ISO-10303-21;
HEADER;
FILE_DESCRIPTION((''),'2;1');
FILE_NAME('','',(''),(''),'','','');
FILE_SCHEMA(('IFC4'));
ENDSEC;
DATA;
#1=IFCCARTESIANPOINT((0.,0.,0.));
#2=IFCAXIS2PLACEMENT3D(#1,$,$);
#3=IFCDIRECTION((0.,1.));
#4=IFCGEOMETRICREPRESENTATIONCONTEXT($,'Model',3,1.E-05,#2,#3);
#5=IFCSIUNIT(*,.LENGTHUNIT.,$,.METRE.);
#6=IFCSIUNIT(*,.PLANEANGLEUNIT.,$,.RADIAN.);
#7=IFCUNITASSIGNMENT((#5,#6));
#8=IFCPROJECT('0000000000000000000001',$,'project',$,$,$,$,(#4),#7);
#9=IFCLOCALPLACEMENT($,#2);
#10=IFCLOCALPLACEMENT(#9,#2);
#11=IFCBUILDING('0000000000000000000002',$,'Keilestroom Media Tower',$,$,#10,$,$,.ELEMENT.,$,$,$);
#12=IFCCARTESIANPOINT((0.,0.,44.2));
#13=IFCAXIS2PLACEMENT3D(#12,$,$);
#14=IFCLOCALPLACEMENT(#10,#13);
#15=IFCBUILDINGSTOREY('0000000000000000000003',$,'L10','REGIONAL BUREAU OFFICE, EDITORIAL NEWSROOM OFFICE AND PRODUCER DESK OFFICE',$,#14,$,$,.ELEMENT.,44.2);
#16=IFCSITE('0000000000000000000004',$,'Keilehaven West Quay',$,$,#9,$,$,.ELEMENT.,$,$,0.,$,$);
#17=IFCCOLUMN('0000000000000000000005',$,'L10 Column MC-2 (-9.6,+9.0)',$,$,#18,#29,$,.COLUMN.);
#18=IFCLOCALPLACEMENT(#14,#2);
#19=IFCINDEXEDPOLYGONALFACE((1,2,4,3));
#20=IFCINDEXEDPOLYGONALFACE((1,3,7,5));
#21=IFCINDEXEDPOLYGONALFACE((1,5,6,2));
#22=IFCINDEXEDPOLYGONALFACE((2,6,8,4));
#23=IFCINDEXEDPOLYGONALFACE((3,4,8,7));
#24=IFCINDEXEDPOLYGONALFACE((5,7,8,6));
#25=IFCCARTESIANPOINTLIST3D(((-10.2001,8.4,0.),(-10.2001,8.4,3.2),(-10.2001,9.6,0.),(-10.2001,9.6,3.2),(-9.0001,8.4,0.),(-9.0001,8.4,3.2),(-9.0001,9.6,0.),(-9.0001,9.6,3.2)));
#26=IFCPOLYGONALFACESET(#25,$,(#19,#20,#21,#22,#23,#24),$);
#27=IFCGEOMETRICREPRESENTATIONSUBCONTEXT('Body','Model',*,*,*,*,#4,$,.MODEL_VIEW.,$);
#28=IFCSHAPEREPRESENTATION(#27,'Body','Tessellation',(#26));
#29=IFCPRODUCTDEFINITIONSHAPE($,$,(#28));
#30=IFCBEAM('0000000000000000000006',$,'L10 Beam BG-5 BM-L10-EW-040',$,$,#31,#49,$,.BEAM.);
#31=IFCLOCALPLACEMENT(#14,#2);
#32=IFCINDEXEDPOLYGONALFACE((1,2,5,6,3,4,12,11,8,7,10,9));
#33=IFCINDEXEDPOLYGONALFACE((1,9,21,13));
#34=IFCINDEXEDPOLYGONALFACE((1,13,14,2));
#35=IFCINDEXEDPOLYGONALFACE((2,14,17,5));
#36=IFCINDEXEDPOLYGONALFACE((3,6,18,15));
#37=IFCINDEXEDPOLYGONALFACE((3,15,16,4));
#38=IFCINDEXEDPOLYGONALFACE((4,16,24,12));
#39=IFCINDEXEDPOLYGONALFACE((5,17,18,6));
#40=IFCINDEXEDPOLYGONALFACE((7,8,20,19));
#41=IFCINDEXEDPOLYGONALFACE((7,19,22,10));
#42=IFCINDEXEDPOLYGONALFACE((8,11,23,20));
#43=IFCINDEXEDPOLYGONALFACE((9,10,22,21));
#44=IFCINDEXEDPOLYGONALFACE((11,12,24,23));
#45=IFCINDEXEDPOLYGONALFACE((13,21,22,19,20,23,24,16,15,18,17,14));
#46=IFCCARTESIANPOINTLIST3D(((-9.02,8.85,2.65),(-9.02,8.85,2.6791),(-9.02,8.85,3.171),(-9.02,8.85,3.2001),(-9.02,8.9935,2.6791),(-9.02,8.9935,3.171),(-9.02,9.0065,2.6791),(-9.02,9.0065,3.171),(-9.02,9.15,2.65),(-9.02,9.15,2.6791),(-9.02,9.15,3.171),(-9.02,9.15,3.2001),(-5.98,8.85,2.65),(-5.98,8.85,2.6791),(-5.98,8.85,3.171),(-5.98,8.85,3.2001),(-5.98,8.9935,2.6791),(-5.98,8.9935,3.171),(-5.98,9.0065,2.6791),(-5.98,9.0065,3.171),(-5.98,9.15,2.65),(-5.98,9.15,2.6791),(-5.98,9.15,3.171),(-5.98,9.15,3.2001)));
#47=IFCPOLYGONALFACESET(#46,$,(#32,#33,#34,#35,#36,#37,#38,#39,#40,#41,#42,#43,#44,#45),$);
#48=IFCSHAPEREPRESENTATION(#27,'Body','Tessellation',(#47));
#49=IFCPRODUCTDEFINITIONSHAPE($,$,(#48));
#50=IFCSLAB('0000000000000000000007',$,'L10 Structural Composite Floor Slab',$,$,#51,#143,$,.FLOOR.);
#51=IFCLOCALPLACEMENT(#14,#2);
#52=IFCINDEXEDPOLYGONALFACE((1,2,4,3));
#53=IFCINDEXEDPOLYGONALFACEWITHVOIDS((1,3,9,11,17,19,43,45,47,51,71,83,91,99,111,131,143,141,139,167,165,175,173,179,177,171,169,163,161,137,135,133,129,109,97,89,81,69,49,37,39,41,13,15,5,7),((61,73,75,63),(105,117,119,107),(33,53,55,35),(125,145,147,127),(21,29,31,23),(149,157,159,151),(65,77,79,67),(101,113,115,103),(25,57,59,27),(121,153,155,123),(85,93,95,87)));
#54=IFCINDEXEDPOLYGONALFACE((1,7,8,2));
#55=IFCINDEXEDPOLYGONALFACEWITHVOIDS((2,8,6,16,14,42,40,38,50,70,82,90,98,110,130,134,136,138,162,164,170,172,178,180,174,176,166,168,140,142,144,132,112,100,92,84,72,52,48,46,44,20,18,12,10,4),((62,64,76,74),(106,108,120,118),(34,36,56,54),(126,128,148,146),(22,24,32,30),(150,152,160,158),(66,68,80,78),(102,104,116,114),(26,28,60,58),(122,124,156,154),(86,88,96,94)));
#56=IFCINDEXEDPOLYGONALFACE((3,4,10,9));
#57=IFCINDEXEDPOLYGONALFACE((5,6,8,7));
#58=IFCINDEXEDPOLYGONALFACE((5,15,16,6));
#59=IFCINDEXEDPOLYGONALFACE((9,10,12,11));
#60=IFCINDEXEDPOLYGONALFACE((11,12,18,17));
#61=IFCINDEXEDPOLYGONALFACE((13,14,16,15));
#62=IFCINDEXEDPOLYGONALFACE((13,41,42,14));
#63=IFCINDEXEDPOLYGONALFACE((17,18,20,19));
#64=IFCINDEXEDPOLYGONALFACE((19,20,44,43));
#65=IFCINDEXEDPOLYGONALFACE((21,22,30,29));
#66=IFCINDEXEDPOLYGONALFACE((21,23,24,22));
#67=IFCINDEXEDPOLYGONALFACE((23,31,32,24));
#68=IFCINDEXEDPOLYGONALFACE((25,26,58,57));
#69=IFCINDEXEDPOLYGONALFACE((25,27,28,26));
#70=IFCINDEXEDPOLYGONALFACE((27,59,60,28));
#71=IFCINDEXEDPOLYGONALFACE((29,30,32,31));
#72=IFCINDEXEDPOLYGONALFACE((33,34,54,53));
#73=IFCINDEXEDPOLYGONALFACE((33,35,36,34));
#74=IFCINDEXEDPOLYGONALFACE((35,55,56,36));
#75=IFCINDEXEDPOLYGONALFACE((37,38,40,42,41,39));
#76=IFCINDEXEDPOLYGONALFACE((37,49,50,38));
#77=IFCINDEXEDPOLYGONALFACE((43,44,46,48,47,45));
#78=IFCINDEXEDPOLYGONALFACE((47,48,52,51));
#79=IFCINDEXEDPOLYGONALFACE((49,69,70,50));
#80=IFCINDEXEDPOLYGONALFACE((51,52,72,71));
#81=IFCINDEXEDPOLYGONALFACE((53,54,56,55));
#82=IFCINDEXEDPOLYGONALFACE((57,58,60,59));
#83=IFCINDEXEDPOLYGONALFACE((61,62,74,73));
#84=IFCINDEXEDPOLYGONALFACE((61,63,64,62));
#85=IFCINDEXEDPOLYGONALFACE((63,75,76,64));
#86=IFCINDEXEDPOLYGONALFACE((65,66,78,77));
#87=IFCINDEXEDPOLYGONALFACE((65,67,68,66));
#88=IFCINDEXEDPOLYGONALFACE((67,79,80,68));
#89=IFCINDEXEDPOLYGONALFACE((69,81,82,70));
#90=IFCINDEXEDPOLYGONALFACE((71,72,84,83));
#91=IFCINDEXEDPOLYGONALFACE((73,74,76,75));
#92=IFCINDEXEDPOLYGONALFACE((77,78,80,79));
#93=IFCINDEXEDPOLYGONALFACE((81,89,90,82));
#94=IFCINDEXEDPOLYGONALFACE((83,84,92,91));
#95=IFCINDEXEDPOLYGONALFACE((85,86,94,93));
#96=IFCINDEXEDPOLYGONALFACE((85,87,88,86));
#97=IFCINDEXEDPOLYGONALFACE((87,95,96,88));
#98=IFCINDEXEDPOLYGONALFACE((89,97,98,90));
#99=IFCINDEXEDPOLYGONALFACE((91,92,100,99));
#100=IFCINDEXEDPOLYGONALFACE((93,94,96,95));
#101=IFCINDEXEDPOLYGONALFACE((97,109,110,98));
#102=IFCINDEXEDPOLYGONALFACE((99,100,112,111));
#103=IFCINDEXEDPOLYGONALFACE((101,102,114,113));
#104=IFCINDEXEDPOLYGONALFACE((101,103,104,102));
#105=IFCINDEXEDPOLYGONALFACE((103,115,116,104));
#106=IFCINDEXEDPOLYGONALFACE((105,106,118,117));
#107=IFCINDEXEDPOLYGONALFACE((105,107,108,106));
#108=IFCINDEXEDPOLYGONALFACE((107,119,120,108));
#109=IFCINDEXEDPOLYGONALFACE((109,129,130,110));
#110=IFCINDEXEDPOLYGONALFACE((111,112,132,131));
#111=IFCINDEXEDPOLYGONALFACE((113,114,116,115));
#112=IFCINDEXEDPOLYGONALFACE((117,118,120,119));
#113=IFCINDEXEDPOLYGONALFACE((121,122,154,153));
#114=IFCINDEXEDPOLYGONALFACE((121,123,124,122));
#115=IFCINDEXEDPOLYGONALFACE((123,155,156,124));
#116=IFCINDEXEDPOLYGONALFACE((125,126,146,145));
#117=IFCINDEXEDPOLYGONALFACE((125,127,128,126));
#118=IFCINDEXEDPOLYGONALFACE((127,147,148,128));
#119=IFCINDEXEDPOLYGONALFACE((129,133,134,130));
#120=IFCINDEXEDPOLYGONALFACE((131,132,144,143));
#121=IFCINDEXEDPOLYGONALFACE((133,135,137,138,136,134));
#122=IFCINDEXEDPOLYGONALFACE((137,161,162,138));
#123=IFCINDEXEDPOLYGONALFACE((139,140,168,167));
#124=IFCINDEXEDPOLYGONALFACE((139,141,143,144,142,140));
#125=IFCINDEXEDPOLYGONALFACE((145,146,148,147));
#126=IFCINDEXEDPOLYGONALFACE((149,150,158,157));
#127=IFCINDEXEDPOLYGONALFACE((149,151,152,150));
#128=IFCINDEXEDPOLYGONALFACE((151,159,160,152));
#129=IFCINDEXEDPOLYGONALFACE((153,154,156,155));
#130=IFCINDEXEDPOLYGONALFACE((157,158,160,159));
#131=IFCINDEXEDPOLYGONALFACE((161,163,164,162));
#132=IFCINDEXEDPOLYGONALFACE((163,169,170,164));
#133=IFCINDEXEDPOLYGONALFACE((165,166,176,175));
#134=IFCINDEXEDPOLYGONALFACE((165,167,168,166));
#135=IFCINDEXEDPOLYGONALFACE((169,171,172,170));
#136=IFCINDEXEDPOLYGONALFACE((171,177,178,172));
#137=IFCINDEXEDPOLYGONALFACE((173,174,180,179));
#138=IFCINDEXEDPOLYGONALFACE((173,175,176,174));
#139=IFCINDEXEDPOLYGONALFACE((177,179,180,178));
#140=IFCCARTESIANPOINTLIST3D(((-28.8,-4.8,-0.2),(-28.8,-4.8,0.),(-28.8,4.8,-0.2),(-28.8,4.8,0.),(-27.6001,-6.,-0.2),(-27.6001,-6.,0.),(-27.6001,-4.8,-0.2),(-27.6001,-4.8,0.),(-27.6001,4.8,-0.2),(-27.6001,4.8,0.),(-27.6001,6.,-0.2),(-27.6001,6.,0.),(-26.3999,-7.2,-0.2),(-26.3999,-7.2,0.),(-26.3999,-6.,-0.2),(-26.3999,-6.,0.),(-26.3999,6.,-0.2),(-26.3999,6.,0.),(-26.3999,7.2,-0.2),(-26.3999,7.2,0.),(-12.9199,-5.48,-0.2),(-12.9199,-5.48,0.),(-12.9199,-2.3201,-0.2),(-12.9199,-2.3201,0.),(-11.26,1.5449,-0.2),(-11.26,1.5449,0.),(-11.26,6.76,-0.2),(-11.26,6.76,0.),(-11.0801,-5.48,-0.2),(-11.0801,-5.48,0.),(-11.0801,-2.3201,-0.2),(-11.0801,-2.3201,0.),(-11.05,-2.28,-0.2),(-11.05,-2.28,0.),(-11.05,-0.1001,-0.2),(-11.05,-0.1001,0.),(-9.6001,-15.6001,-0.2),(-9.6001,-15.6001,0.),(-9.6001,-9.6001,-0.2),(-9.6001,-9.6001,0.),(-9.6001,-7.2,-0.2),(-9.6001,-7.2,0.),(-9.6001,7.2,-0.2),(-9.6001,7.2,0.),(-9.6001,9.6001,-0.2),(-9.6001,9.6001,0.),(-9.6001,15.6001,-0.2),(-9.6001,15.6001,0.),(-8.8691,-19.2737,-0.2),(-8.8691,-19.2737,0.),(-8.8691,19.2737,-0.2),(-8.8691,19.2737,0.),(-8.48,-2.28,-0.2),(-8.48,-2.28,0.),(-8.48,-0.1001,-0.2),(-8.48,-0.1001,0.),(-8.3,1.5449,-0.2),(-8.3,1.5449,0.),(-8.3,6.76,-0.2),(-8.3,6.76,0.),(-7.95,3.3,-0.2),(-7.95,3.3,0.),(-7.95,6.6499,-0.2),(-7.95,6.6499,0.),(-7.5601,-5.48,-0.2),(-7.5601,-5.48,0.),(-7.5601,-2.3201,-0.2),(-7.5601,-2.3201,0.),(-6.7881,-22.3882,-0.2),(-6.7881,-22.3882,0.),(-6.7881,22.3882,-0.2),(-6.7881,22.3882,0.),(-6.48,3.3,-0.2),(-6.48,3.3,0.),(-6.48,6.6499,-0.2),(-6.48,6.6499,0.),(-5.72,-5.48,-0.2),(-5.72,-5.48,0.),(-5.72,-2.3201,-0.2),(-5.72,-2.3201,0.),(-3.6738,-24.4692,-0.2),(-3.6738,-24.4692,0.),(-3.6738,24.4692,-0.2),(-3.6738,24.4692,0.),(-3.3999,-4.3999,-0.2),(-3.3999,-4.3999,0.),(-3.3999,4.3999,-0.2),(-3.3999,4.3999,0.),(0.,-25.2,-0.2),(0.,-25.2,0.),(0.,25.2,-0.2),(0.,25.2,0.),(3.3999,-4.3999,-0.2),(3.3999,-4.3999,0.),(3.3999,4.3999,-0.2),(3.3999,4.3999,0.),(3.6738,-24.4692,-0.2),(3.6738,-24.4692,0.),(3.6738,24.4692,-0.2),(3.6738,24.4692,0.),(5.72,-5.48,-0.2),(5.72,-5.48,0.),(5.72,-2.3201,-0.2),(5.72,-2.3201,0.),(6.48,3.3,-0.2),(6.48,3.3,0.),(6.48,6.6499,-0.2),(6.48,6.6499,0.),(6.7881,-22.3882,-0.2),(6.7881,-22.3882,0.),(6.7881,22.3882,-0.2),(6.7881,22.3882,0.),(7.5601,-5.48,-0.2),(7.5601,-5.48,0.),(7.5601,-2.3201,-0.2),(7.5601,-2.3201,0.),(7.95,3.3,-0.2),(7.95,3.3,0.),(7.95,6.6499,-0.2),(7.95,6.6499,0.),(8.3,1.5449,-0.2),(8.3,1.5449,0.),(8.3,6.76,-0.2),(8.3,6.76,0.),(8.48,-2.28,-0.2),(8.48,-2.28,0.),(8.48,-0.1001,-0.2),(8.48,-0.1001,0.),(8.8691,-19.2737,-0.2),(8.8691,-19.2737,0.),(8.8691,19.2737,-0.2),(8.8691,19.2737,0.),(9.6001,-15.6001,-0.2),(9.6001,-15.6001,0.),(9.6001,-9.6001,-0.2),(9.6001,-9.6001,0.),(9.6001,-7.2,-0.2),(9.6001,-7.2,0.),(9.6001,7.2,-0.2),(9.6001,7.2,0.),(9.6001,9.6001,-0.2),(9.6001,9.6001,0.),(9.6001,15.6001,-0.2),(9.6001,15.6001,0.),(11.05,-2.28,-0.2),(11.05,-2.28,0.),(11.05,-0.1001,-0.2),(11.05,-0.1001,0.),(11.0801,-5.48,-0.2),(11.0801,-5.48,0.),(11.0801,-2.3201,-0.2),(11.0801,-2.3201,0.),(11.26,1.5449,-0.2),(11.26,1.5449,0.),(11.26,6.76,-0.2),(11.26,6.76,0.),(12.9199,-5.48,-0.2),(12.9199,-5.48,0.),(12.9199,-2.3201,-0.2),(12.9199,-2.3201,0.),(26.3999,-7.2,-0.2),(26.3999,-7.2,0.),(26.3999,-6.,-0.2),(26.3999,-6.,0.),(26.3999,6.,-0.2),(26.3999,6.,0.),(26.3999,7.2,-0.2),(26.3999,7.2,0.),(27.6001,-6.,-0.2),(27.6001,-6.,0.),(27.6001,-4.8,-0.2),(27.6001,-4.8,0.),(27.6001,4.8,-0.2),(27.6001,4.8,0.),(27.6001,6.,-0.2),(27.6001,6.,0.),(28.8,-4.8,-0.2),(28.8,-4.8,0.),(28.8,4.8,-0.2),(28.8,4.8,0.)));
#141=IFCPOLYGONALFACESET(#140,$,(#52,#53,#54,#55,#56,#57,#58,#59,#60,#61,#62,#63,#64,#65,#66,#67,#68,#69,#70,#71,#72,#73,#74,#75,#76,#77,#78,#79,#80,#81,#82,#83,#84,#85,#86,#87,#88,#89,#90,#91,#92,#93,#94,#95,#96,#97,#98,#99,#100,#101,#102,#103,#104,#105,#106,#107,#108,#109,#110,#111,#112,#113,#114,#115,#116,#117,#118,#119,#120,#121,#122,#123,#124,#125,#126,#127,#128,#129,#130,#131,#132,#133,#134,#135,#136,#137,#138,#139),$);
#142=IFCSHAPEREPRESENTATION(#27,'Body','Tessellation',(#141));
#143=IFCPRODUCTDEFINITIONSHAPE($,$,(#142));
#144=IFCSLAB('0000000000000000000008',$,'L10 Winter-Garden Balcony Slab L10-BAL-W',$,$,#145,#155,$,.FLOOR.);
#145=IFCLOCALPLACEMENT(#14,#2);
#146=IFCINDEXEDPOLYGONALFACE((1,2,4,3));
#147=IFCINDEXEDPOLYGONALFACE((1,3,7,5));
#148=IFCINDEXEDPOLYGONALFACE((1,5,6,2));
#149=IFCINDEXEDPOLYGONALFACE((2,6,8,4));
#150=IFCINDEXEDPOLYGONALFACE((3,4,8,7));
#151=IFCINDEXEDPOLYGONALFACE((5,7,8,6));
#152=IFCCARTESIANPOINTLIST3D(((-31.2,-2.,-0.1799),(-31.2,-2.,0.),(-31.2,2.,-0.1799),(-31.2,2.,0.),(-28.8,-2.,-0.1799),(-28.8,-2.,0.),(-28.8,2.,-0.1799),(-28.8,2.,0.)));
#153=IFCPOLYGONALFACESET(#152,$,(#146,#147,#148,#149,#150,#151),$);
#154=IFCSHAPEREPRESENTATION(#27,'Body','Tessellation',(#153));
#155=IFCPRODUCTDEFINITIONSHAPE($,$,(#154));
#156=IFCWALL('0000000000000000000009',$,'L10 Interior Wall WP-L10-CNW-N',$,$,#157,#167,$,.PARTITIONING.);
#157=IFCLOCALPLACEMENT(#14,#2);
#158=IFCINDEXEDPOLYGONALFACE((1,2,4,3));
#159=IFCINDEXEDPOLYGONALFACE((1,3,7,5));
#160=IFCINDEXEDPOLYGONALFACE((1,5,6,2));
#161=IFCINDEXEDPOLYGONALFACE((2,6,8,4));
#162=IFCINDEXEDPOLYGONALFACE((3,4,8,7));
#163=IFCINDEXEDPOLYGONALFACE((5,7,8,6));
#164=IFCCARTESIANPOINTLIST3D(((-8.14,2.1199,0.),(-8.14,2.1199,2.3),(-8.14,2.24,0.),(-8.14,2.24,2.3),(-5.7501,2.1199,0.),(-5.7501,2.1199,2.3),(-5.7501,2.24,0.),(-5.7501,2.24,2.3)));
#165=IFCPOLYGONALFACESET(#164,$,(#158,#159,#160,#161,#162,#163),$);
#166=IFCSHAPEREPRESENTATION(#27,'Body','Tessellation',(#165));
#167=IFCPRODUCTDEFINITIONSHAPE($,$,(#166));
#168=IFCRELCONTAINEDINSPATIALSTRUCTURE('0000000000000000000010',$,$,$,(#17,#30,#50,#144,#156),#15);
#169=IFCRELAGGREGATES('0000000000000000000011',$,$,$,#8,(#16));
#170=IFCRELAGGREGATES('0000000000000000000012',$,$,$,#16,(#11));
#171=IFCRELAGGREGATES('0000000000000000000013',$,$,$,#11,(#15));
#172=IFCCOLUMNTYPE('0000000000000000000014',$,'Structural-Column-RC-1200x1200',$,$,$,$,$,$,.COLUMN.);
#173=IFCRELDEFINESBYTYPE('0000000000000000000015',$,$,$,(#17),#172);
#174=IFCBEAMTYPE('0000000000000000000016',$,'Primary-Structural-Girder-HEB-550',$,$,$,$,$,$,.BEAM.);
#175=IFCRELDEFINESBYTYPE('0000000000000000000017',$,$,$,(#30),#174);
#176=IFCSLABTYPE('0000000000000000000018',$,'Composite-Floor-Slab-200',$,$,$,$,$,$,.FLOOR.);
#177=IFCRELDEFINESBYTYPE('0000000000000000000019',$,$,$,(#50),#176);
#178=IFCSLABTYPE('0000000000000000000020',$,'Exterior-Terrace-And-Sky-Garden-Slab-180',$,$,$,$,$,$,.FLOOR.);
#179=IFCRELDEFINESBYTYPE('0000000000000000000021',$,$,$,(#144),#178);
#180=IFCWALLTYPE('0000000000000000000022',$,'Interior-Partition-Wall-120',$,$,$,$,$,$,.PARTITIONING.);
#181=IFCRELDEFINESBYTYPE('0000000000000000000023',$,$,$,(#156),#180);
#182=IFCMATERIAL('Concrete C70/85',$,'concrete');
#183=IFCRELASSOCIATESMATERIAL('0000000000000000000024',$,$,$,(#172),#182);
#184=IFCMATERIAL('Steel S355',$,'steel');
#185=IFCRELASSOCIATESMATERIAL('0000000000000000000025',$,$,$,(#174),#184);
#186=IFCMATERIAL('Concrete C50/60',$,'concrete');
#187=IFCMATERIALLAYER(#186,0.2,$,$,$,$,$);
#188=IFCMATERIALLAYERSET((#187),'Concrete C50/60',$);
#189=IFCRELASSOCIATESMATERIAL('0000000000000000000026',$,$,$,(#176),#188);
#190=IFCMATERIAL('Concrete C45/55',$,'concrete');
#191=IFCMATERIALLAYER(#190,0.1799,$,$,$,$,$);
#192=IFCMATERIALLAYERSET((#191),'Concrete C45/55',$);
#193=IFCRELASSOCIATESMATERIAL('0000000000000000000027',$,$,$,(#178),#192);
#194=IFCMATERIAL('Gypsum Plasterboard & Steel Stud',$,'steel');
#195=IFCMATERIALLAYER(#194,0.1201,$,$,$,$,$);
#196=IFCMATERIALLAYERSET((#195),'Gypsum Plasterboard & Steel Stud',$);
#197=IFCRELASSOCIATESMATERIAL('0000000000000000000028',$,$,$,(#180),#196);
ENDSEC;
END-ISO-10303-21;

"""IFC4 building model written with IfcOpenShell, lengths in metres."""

from ifc_helpers import new_model, si_unit, direction, frame, frame_2d, origin, origin_2d, place, context, subcontext, project, spatial, polyline, rectangle, i_section, outline, extrude, source, transform, mapped, material, layer, layer_set, material_profile, profile_set, type_object, element, save


model = new_model("IFC4")

# Units and contexts
model_context = context("Model", 3, precision=1e-05, world=origin(), true_north=direction((0.0, 1.0)))
body_context = subcontext(model_context, "Body", "Model", "MODEL_VIEW")
ifc_project = project(units=[si_unit("LENGTHUNIT", "METRE"), si_unit("PLANEANGLEUNIT", "RADIAN")], contexts=[model_context])

# Site, building, storey
site_placement = place(None, origin())
site = spatial("IfcSite", under=ifc_project, at=site_placement, Name="Keilehaven West Quay", CompositionType="ELEMENT", RefElevation=0.0)
building_placement = place(site_placement, origin())
building = spatial("IfcBuilding", under=site, at=building_placement, Name="Keilestroom Media Tower", CompositionType="ELEMENT")
storey_placement = place(building_placement, frame((0.0, 0.0, 44.2)))
storey = spatial("IfcBuildingStorey", under=building, at=storey_placement, Name="L10", Description="REGIONAL BUREAU OFFICE, EDITORIAL NEWSROOM OFFICE AND PRODUCER DESK OFFICE", CompositionType="ELEMENT", Elevation=44.2)

# Column
ifc_material_1 = material(Name="Concrete C70/85", Category="concrete")
ifc_material_profile_1 = material_profile(ifc_material_1, rectangle(XDim=1.2, YDim=1.2, at=origin_2d()), Name="RC 1200x1200")
ifc_profile_set_1 = profile_set([ifc_material_profile_1], Name="Concrete C70/85")
column_type = type_object("IfcColumnType", Name="Structural-Column-RC-1200x1200", PredefinedType="COLUMN", material=ifc_profile_set_1)
shared_shape_1 = source(origin(), body_context, "Body", "SweptSolid", [
    extrude(rectangle(XDim=1.2, YDim=1.2, at=origin_2d()), origin(), (0.0, 0.0, 1.0), 3.2),
])
column_placement = place(storey_placement, frame((-9.6001, 9.0, 0.0), z_axis=(0.0, 0.0, 1.0), x_axis=(1.0, 0.0, 0.0)))
element("IfcColumn", 1, at=column_placement, inside=storey, type_object=column_type, Name="L10 Column MC-2 (-9.6,+9.0)", PredefinedType="COLUMN", context=body_context, shape_type="MappedRepresentation", body=[
    mapped(shared_shape_1, transform((0.0, 0.0, 0.0), x_axis=(1.0, 0.0, 0.0), y_axis=(0.0, 1.0, 0.0), z_axis=(0.0, 0.0, 1.0), scale=1.0)),
])

# Beam
ifc_material_2 = material(Name="Steel S355", Category="steel")
ifc_material_profile_2 = material_profile(ifc_material_2, i_section(OverallWidth=0.3, OverallDepth=0.55, WebThickness=0.0129, FlangeThickness=0.0291, at=origin_2d()), Name="HEB 550")
ifc_profile_set_2 = profile_set([ifc_material_profile_2], Name="Steel S355")
beam_type = type_object("IfcBeamType", Name="Primary-Structural-Girder-HEB-550", PredefinedType="BEAM", material=ifc_profile_set_2)
shared_shape_2 = source(origin(), body_context, "Body", "SweptSolid", [
    extrude(i_section(OverallWidth=0.3, OverallDepth=0.55, WebThickness=0.0129, FlangeThickness=0.0291, at=origin_2d()), origin(), (0.0, 0.0, 1.0), 3.04),
])
beam_placement = place(storey_placement, frame((-9.02, 9.0, 2.925), z_axis=(1.0, 0.0, 0.0), x_axis=(0.0, 1.0, 0.0)))
element("IfcBeam", 2, at=beam_placement, inside=storey, type_object=beam_type, Name="L10 Beam BG-5 BM-L10-EW-040", PredefinedType="BEAM", context=body_context, shape_type="MappedRepresentation", body=[
    mapped(shared_shape_2, transform((0.0, 0.0, 0.0), x_axis=(1.0, 0.0, 0.0), y_axis=(0.0, 1.0, 0.0), z_axis=(0.0, 0.0, 1.0), scale=1.0)),
])

# Slabs
ifc_material_3 = material(Name="Concrete C50/60", Category="concrete")
ifc_layer_1 = layer(ifc_material_3, 0.2)
ifc_layer_set_1 = layer_set([ifc_layer_1], Name="Concrete C50/60")
slab_type_1 = type_object("IfcSlabType", Name="Composite-Floor-Slab-200", PredefinedType="FLOOR", material=ifc_layer_set_1)
slab_1_placement = place(storey_placement, frame((0.0, 0.0, -0.2)))
element("IfcSlab", 3, at=slab_1_placement, inside=storey, type_object=slab_type_1, Name="L10 Structural Composite Floor Slab", PredefinedType="FLOOR", context=body_context, shape_type="SweptSolid", body=[
    extrude(outline(polyline([(28.8, -4.8), (28.8, 4.8), (27.6001, 4.8), (27.6001, 6.0), (26.3999, 6.0), (26.3999, 7.2), (9.6001, 7.2), (9.6001, 9.6001), (9.6001, 15.6001), (8.8691, 19.2737), (6.7881, 22.3882), (3.6738, 24.4692), (0.0, 25.2), (-3.6738, 24.4692), (-6.7881, 22.3882), (-8.8691, 19.2737), (-9.6001, 15.6001), (-9.6001, 9.6001), (-9.6001, 7.2), (-26.3999, 7.2), (-26.3999, 6.0), (-27.6001, 6.0), (-27.6001, 4.8), (-28.8, 4.8), (-28.8, -4.8), (-27.6001, -4.8), (-27.6001, -6.0), (-26.3999, -6.0), (-26.3999, -7.2), (-9.6001, -7.2), (-9.6001, -9.6001), (-9.6001, -15.6001), (-8.8691, -19.2737), (-6.7881, -22.3882), (-3.6738, -24.4692), (0.0, -25.2), (3.6738, -24.4692), (6.7881, -22.3882), (8.8691, -19.2737), (9.6001, -15.6001), (9.6001, -9.6001), (9.6001, -7.2), (26.3999, -7.2), (26.3999, -6.0), (27.6001, -6.0), (27.6001, -4.8), (28.8, -4.8)]), holes=[polyline([(-12.9199, -5.48), (-12.9199, -2.3201), (-11.0801, -2.3201), (-11.0801, -5.48), (-12.9199, -5.48)]), polyline([(-11.26, 1.5449), (-11.26, 6.76), (-8.3, 6.76), (-8.3, 1.5449), (-11.26, 1.5449)]), polyline([(-11.05, -2.28), (-11.05, -0.1001), (-8.48, -0.1001), (-8.48, -2.28), (-11.05, -2.28)]), polyline([(-7.95, 3.3), (-7.95, 6.6499), (-6.48, 6.6499), (-6.48, 3.3), (-7.95, 3.3)]), polyline([(-7.5601, -5.48), (-7.5601, -2.3201), (-5.72, -2.3201), (-5.72, -5.48), (-7.5601, -5.48)]), polyline([(-3.3999, -4.3999), (-3.3999, 4.3999), (3.3999, 4.3999), (3.3999, -4.3999), (-3.3999, -4.3999)]), polyline([(5.72, -5.48), (5.72, -2.3201), (7.5601, -2.3201), (7.5601, -5.48), (5.72, -5.48)]), polyline([(7.95, 6.6499), (7.95, 3.3), (6.48, 3.3), (6.48, 6.6499), (7.95, 6.6499)]), polyline([(8.3, 6.76), (11.26, 6.76), (11.26, 1.5449), (8.3, 1.5449), (8.3, 6.76)]), polyline([(8.48, -2.28), (8.48, -0.1001), (11.05, -0.1001), (11.05, -2.28), (8.48, -2.28)]), polyline([(12.9199, -5.48), (11.0801, -5.48), (11.0801, -2.3201), (12.9199, -2.3201), (12.9199, -5.48)])]), origin(), (0.0, 0.0, 1.0), 0.2),
])
ifc_material_4 = material(Name="Concrete C45/55", Category="concrete")
ifc_layer_2 = layer(ifc_material_4, 0.1799)
ifc_layer_set_2 = layer_set([ifc_layer_2], Name="Concrete C45/55")
slab_type_2 = type_object("IfcSlabType", Name="Exterior-Terrace-And-Sky-Garden-Slab-180", PredefinedType="FLOOR", material=ifc_layer_set_2)
slab_2_placement = place(storey_placement, frame((0.0, 0.0, -0.1799)))
element("IfcSlab", 4, at=slab_2_placement, inside=storey, type_object=slab_type_2, Name="L10 Winter-Garden Balcony Slab L10-BAL-W", PredefinedType="FLOOR", context=body_context, shape_type="SweptSolid", body=[
    extrude(outline(polyline([(-31.2, -2.0), (-28.8, -2.0), (-28.8, 2.0), (-31.2, 2.0), (-31.2, -2.0)])), origin(), (0.0, 0.0, 1.0), 0.1799),
])

# Wall
ifc_material_5 = material(Name="Gypsum Plasterboard & Steel Stud", Category="steel")
ifc_layer_3 = layer(ifc_material_5, 0.1201)
ifc_layer_set_3 = layer_set([ifc_layer_3], Name="Gypsum Plasterboard & Steel Stud")
wall_type_1 = type_object("IfcWallType", Name="Interior-Partition-Wall-120", PredefinedType="PARTITIONING", material=ifc_layer_set_3)
wall_1_placement = place(storey_placement, frame((-8.1399, 2.1799, 0.0), z_axis=(0.0, 0.0, 1.0), x_axis=(1.0, 0.0, 0.0)))
element("IfcWall", 5, at=wall_1_placement, inside=storey, type_object=wall_type_1, Name="L10 Interior Wall WP-L10-CNW-N", PredefinedType="PARTITIONING", context=body_context, shape_type="SweptSolid", body=[
    extrude(rectangle(XDim=2.3899, YDim=0.1201, at=frame_2d((1.1948, 0.0))), origin(), (0.0, 0.0, 1.0), 2.3),
])

save(model, "model.ifc")
